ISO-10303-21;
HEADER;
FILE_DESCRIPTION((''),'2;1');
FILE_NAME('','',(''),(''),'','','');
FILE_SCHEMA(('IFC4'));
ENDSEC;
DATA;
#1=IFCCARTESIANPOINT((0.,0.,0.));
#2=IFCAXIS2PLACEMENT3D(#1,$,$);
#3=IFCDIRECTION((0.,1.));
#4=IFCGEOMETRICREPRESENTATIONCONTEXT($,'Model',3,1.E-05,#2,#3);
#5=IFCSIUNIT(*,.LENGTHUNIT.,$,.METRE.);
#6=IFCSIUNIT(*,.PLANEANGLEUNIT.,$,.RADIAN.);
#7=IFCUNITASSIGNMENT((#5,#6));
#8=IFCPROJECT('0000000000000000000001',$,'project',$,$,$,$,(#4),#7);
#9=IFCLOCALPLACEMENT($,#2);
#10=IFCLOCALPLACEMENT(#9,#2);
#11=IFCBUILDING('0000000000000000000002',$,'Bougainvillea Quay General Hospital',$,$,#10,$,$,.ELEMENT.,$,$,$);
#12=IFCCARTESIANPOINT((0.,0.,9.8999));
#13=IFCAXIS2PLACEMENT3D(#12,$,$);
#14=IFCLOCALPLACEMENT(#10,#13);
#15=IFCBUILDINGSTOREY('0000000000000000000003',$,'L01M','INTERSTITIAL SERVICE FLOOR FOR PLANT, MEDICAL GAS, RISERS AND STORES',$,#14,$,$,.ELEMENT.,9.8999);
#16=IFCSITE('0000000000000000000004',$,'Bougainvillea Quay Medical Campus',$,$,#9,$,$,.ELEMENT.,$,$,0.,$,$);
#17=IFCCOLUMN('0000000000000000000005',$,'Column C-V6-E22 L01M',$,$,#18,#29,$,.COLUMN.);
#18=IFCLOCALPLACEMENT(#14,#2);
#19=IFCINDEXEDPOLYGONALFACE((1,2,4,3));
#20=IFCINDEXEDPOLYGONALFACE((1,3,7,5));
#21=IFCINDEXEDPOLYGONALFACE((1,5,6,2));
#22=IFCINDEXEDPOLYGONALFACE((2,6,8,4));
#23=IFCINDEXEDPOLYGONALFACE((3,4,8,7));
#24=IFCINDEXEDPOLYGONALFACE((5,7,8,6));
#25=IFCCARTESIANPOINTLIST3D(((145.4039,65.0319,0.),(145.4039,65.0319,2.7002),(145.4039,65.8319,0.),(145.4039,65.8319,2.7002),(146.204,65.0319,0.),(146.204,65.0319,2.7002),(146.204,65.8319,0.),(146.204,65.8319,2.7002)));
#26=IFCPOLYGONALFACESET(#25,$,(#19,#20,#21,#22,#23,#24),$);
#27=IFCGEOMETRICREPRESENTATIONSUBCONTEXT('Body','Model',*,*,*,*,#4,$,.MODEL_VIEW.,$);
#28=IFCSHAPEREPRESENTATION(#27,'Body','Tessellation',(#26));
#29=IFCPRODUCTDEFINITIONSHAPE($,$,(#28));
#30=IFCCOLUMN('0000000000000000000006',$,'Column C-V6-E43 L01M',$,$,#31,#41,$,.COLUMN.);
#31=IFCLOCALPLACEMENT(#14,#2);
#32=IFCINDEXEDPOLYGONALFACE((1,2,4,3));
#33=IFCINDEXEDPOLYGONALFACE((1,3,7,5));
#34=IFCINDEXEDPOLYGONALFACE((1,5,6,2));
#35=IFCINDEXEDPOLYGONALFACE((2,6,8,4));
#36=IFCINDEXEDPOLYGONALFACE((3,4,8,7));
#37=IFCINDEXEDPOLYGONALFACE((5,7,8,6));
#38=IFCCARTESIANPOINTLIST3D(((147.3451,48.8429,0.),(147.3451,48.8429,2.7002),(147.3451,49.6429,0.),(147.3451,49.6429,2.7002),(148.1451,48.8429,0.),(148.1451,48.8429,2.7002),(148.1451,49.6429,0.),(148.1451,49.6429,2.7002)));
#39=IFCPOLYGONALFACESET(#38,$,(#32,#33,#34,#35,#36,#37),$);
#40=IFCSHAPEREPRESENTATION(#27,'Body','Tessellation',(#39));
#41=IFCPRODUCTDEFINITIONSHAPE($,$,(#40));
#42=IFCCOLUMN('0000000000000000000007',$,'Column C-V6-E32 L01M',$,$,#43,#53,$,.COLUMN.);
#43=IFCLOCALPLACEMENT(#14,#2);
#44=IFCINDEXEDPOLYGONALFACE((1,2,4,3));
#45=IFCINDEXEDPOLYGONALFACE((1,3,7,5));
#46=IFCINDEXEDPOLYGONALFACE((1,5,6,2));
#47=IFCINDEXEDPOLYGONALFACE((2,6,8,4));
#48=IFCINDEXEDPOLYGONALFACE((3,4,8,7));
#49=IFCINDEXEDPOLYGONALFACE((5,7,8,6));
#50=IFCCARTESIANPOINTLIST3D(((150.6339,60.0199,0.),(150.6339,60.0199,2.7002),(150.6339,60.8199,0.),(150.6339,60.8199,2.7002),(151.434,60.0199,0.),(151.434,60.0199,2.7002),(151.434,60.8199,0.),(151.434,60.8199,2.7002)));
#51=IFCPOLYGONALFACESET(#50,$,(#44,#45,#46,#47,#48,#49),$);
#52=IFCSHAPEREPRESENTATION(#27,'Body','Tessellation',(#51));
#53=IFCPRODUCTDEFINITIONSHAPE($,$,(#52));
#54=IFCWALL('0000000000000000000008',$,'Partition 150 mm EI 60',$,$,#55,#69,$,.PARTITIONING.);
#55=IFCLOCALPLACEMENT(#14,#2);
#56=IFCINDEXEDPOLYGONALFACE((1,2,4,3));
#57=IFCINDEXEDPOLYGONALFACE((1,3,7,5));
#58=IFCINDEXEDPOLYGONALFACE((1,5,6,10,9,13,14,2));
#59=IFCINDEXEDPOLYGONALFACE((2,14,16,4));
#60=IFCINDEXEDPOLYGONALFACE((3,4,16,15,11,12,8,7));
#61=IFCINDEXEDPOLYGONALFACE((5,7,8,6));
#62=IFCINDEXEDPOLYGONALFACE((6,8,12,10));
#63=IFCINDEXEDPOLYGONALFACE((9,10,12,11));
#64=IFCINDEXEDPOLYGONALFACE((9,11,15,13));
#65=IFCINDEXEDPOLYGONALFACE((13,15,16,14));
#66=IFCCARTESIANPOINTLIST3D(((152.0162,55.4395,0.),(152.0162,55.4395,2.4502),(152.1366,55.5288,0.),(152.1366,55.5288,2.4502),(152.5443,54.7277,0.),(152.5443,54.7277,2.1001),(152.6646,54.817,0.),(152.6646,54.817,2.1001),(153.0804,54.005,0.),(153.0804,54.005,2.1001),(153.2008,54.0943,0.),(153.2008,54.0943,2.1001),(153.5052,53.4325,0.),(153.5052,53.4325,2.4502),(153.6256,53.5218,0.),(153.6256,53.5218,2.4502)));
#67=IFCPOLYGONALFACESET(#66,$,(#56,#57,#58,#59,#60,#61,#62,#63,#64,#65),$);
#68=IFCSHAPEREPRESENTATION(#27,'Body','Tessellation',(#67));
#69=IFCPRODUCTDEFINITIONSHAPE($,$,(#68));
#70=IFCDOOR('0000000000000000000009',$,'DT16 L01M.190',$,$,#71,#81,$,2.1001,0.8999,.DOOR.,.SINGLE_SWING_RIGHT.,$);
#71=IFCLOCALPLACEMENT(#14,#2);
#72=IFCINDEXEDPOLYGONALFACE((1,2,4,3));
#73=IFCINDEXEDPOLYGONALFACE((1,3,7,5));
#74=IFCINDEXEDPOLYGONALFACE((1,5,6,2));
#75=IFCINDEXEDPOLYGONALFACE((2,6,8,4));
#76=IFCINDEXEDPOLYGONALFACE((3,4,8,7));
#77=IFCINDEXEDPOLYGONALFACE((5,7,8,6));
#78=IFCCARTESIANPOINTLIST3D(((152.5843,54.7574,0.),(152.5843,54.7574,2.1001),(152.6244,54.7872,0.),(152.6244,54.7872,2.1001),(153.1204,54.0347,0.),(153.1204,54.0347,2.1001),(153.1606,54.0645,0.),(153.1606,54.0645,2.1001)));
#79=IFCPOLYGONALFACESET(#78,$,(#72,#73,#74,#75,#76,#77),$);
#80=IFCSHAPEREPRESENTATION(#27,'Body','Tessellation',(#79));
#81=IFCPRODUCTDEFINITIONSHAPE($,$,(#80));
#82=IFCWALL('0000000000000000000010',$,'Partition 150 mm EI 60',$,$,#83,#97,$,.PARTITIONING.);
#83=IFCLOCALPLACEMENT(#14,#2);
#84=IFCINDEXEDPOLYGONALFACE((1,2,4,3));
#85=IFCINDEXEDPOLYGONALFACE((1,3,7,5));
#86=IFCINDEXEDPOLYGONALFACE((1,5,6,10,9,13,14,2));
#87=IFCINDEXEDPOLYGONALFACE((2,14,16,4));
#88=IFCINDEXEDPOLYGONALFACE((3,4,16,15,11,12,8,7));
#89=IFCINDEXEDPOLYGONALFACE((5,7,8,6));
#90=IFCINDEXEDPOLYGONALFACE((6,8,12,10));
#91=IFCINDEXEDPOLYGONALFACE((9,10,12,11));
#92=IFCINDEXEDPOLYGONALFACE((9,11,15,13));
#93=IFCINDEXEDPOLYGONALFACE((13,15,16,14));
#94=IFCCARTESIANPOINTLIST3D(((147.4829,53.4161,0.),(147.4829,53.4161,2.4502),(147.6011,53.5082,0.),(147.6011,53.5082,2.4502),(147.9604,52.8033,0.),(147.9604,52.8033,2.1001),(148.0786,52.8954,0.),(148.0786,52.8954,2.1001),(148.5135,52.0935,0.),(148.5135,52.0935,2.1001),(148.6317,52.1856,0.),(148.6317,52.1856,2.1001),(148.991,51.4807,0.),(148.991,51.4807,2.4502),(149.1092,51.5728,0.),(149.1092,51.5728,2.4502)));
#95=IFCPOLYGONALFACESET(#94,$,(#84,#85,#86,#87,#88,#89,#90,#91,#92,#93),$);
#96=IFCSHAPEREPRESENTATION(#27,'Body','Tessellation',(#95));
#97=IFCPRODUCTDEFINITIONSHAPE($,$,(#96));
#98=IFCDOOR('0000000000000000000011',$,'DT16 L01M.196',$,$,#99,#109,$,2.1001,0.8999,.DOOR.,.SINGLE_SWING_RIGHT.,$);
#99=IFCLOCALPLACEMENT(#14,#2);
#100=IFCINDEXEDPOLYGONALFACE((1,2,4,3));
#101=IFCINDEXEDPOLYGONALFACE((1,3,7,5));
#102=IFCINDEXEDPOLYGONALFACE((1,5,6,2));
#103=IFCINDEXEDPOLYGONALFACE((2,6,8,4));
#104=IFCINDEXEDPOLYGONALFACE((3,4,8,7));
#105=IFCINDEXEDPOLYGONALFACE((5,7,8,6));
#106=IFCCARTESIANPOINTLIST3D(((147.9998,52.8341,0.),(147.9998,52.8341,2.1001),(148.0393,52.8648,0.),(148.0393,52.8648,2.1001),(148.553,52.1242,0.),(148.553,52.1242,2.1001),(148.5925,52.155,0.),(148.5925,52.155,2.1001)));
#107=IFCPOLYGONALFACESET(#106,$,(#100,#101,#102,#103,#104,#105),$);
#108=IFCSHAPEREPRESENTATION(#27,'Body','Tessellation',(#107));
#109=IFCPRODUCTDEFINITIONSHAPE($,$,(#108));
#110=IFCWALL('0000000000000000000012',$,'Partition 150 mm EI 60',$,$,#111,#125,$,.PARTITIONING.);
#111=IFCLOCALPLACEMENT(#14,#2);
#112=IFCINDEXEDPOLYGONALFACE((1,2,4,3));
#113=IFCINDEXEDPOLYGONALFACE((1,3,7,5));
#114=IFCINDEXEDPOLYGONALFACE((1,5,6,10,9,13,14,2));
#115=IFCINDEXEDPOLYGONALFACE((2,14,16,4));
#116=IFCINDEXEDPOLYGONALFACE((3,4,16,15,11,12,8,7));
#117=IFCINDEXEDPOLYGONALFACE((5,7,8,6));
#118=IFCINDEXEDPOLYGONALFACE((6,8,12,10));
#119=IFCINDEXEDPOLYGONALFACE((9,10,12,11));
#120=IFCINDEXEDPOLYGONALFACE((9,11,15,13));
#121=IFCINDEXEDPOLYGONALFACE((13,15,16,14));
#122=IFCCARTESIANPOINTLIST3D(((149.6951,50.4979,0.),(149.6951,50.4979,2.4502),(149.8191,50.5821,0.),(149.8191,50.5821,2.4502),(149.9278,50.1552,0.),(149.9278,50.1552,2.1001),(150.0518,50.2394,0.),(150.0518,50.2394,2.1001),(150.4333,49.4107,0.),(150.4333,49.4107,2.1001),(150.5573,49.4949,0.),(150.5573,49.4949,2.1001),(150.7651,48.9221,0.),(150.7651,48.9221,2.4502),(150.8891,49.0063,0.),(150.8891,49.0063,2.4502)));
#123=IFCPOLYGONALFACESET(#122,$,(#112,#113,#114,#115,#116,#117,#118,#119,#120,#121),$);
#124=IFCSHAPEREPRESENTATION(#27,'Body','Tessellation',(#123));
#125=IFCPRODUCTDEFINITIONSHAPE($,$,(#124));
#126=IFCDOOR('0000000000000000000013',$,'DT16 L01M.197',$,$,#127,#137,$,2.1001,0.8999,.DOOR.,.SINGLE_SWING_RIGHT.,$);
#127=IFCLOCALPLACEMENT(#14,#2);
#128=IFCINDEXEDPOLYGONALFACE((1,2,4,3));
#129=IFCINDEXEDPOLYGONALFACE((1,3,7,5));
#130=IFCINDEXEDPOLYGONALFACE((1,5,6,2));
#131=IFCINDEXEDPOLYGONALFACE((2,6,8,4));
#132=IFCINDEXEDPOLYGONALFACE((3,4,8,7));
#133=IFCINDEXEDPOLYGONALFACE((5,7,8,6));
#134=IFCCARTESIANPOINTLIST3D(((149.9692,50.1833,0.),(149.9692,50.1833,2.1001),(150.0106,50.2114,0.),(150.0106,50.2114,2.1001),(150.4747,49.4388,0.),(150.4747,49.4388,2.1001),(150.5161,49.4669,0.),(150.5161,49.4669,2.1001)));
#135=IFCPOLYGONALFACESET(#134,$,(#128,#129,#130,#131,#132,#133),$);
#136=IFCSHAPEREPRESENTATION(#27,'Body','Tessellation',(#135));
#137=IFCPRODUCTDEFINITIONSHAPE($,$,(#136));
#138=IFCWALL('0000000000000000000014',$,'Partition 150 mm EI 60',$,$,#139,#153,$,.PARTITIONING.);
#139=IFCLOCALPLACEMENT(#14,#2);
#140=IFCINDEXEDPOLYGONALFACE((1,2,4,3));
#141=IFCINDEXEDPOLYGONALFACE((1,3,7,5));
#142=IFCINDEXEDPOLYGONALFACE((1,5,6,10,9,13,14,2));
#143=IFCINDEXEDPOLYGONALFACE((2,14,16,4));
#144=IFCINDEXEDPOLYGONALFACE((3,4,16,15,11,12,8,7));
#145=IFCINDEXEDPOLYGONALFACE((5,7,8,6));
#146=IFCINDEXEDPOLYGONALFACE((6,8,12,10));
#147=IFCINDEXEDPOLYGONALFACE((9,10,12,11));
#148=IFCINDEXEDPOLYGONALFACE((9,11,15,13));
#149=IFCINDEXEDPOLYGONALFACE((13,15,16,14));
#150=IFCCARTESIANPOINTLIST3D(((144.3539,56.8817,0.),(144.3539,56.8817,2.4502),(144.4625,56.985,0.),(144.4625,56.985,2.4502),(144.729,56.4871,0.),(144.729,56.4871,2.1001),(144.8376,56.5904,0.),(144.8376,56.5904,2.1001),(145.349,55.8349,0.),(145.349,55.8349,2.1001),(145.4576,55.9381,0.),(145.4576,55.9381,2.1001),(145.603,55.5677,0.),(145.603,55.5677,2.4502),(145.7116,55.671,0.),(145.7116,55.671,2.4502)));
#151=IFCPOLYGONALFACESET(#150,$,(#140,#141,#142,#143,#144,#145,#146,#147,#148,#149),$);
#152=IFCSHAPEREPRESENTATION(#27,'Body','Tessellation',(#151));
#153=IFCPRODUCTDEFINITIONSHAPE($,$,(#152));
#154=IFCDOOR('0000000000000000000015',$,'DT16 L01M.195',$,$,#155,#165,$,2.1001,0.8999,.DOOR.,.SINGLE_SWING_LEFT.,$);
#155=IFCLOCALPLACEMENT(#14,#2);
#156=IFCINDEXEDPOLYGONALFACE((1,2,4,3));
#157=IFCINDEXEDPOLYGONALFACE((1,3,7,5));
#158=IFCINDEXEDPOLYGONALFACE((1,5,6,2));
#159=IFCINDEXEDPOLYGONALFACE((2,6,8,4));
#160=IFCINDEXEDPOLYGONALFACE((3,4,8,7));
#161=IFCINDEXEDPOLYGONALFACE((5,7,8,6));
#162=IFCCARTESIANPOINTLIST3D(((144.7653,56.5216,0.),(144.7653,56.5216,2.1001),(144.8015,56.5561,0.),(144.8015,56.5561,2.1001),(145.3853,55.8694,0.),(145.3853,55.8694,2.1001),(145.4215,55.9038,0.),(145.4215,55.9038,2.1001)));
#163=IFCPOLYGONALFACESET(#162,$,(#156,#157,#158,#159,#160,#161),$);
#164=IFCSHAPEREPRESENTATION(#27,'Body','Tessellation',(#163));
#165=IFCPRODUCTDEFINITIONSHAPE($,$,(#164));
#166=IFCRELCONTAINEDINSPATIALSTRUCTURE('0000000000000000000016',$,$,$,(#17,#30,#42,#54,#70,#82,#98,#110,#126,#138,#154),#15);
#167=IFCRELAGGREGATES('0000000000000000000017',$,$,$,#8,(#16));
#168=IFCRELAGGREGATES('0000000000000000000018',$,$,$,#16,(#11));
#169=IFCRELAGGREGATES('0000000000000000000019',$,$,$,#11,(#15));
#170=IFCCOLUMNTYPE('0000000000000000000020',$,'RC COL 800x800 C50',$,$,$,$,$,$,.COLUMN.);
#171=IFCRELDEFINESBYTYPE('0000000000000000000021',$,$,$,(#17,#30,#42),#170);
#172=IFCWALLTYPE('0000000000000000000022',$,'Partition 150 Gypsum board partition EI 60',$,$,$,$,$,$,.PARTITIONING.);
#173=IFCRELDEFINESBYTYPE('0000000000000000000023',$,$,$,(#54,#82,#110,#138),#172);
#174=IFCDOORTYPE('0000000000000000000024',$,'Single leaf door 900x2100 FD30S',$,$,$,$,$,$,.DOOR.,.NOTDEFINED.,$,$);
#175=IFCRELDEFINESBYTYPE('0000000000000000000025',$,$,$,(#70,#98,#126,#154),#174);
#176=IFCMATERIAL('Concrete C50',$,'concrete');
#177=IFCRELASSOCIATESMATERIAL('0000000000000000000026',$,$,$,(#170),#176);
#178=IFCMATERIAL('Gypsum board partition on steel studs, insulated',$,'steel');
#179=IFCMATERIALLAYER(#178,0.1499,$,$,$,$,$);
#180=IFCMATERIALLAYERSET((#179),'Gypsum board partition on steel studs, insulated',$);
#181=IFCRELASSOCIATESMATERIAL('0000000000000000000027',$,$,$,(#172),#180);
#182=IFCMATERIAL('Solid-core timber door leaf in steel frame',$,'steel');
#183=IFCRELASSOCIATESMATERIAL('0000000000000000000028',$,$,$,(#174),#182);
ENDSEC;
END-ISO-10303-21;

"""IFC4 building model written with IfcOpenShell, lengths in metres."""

from ifc_helpers import new_model, si_unit, direction, frame, frame_2d, origin, origin_2d, place, context, subcontext, project, spatial, rectangle, extrude, material, layer, layer_set, material_profile, profile_set, type_object, element, fill, save


model = new_model("IFC4")

# Units and contexts
model_context = context("Model", 3, precision=1e-05, world=origin(), true_north=direction((0.0, 1.0)))
body_context = subcontext(model_context, "Body", "Model", "MODEL_VIEW")
ifc_project = project(units=[si_unit("LENGTHUNIT", "METRE"), si_unit("PLANEANGLEUNIT", "RADIAN")], contexts=[model_context])

# Site, building, storey
site_placement = place(None, origin())
site = spatial("IfcSite", under=ifc_project, at=site_placement, Name="Bougainvillea Quay Medical Campus", CompositionType="ELEMENT", RefElevation=0.0)
building_placement = place(site_placement, origin())
building = spatial("IfcBuilding", under=site, at=building_placement, Name="Bougainvillea Quay General Hospital", CompositionType="ELEMENT")
storey_placement = place(building_placement, frame((0.0, 0.0, 9.8999)))
storey = spatial("IfcBuildingStorey", under=building, at=storey_placement, Name="L01M", Description="INTERSTITIAL SERVICE FLOOR FOR PLANT, MEDICAL GAS, RISERS AND STORES", CompositionType="ELEMENT", Elevation=9.8999)

# Columns
ifc_material_1 = material(Name="Concrete C50", Category="concrete")
ifc_material_profile = material_profile(ifc_material_1, rectangle(XDim=0.8, YDim=0.8, at=origin_2d()))
ifc_profile_set = profile_set([ifc_material_profile], Name="Concrete C50")
column_type = type_object("IfcColumnType", Name="RC COL 800x800 C50", PredefinedType="COLUMN", material=ifc_profile_set)
for number, where, z_axis, x_axis, name in (
    (1, (145.804, 65.4319, 0.0), (0.0, 0.0, 1.0), (1.0, 0.0, 0.0), "Column C-V6-E22 L01M"),
    (2, (147.7451, 49.2429, 0.0), (0.0, 0.0, 1.0), (1.0, 0.0, 0.0), "Column C-V6-E43 L01M"),
    (3, (151.0339, 60.4199, 0.0), (0.0, 0.0, 1.0), (1.0, 0.0, 0.0), "Column C-V6-E32 L01M"),
):
    element("IfcColumn", number, at=place(storey_placement, frame(where, z_axis=z_axis, x_axis=x_axis)), inside=storey, type_object=column_type, Name=name, PredefinedType="COLUMN", context=body_context, shape_type="SweptSolid", body=[
        extrude(rectangle(XDim=0.8, YDim=0.8, at=origin_2d()), origin(), (0.0, 0.0, 1.0), 2.7002),
    ])

# Walls, openings, doors
ifc_material_2 = material(Name="Gypsum board partition on steel studs, insulated", Category="steel")
ifc_layer_1 = layer(ifc_material_2, 0.1499)
ifc_layer_set_1 = layer_set([ifc_layer_1], Name="Gypsum board partition on steel studs, insulated")
wall_type_1 = type_object("IfcWallType", Name="Partition 150 Gypsum board partition EI 60", PredefinedType="PARTITIONING", material=ifc_layer_set_1)
wall_1_placement = place(storey_placement, frame((152.0764, 55.4841, 0.0), z_axis=(0.0, 0.0, 1.0), x_axis=(0.595818, -0.803119, 0.0)))
wall_1 = element("IfcWall", 4, at=wall_1_placement, inside=storey, type_object=wall_type_1, Name="Partition 150 mm EI 60", PredefinedType="PARTITIONING", context=body_context, shape_type="SweptSolid", body=[
    extrude(rectangle(XDim=2.499, YDim=0.1499, at=frame_2d((1.2495, 0.0))), origin(), (0.0, 0.0, 1.0), 2.4502),
])
opening_1_placement = place(wall_1_placement, frame((0.8862, 0.0, 0.0)))
opening_1 = element("IfcOpeningElement", 5, at=opening_1_placement, cuts=wall_1, PredefinedType="OPENING", context=body_context, shape_type="SweptSolid", body=[
    extrude(rectangle(XDim=0.8999, YDim=2.1001, at=frame_2d((0.45, 1.05))), frame((0.0, 0.085, 0.0), z_axis=(0.0, -1.0, 0.0), x_axis=(1.0, 0.0, 0.0)), (0.0, 0.0, 1.0), 0.1699),
])
ifc_material_3 = material(Name="Solid-core timber door leaf in steel frame", Category="steel")
door_type = type_object("IfcDoorType", Name="Single leaf door 900x2100 FD30S", OperationType="NOTDEFINED", PredefinedType="DOOR", material=ifc_material_3)
door_1_placement = place(opening_1_placement, origin())
door_1 = element("IfcDoor", 6, at=door_1_placement, inside=storey, type_object=door_type, Name="DT16 L01M.190", OperationType="SINGLE_SWING_RIGHT", OverallHeight=2.1001, OverallWidth=0.8999, PredefinedType="DOOR", context=body_context, shape_type="SweptSolid", body=[
    extrude(rectangle(XDim=0.8999, YDim=2.1001, at=frame_2d((0.45, 1.05))), frame((0.0, 0.0249, 0.0), z_axis=(0.0, -1.0, 0.0), x_axis=(1.0, 0.0, 0.0)), (0.0, 0.0, 1.0), 0.05),
])
fill(opening_1, door_1)
wall_2_placement = place(storey_placement, frame((147.542, 53.4622, 0.0), z_axis=(0.0, 0.0, 1.0), x_axis=(0.614657, -0.788795, 0.0)))
wall_2 = element("IfcWall", 7, at=wall_2_placement, inside=storey, type_object=wall_type_1, Name="Partition 150 mm EI 60", PredefinedType="PARTITIONING", context=body_context, shape_type="SweptSolid", body=[
    extrude(rectangle(XDim=2.4536, YDim=0.1499, at=frame_2d((1.2268, 0.0))), origin(), (0.0, 0.0, 1.0), 2.4502),
])
opening_2_placement = place(wall_2_placement, frame((0.7769, 0.0, 0.0)))
opening_2 = element("IfcOpeningElement", 8, at=opening_2_placement, cuts=wall_2, PredefinedType="OPENING", context=body_context, shape_type="SweptSolid", body=[
    extrude(rectangle(XDim=0.8999, YDim=2.1001, at=frame_2d((0.45, 1.05))), frame((0.0, 0.085, 0.0), z_axis=(0.0, -1.0, 0.0), x_axis=(1.0, 0.0, 0.0)), (0.0, 0.0, 1.0), 0.1699),
])
door_2_placement = place(opening_2_placement, frame((0.8999, 0.0, 0.0), z_axis=(0.0, 0.0, 1.0), x_axis=(-1.0, 0.0, 0.0)))
door_2 = element("IfcDoor", 9, at=door_2_placement, inside=storey, type_object=door_type, Name="DT16 L01M.196", OperationType="SINGLE_SWING_RIGHT", OverallHeight=2.1001, OverallWidth=0.8999, PredefinedType="DOOR", context=body_context, shape_type="SweptSolid", body=[
    extrude(rectangle(XDim=0.8999, YDim=2.1001, at=frame_2d((0.45, 1.05))), frame((0.0, 0.0249, 0.0), z_axis=(0.0, -1.0, 0.0), x_axis=(1.0, 0.0, 0.0)), (0.0, 0.0, 1.0), 0.05),
])
fill(opening_2, door_2)
wall_3_placement = place(storey_placement, frame((149.7571, 50.54, 0.0), z_axis=(0.0, 0.0, 1.0), x_axis=(0.561749, -0.827308, 0.0)))
wall_3 = element("IfcWall", 10, at=wall_3_placement, inside=storey, type_object=wall_type_1, Name="Partition 150 mm EI 60", PredefinedType="PARTITIONING", context=body_context, shape_type="SweptSolid", body=[
    extrude(rectangle(XDim=1.9048, YDim=0.1499, at=frame_2d((0.9524, 0.0))), origin(), (0.0, 0.0, 1.0), 2.4502),
])
opening_3_placement = place(wall_3_placement, frame((0.4143, 0.0, 0.0)))
opening_3 = element("IfcOpeningElement", 11, at=opening_3_placement, cuts=wall_3, PredefinedType="OPENING", context=body_context, shape_type="SweptSolid", body=[
    extrude(rectangle(XDim=0.8999, YDim=2.1001, at=frame_2d((0.45, 1.05))), frame((0.0, 0.085, 0.0), z_axis=(0.0, -1.0, 0.0), x_axis=(1.0, 0.0, 0.0)), (0.0, 0.0, 1.0), 0.1699),
])
door_3_placement = place(opening_3_placement, frame((0.8999, 0.0, 0.0), z_axis=(0.0, 0.0, 1.0), x_axis=(-1.0, 0.0, 0.0)))
door_3 = element("IfcDoor", 12, at=door_3_placement, inside=storey, type_object=door_type, Name="DT16 L01M.197", OperationType="SINGLE_SWING_RIGHT", OverallHeight=2.1001, OverallWidth=0.8999, PredefinedType="DOOR", context=body_context, shape_type="SweptSolid", body=[
    extrude(rectangle(XDim=0.8999, YDim=2.1001, at=frame_2d((0.45, 1.05))), frame((0.0, 0.0249, 0.0), z_axis=(0.0, -1.0, 0.0), x_axis=(1.0, 0.0, 0.0)), (0.0, 0.0, 1.0), 0.05),
])
fill(opening_3, door_3)
wall_4_placement = place(storey_placement, frame((144.4082, 56.9333, 0.0), z_axis=(0.0, 0.0, 1.0), x_axis=(0.688969, -0.724791, 0.0)))
wall_4 = element("IfcWall", 13, at=wall_4_placement, inside=storey, type_object=wall_type_1, Name="Partition 150 mm EI 60", PredefinedType="PARTITIONING", context=body_context, shape_type="SweptSolid", body=[
    extrude(rectangle(XDim=1.813, YDim=0.1499, at=frame_2d((0.9065, 0.0))), origin(), (0.0, 0.0, 1.0), 2.4502),
])
opening_4_placement = place(wall_4_placement, frame((0.5444, 0.0, 0.0)))
opening_4 = element("IfcOpeningElement", 14, at=opening_4_placement, cuts=wall_4, PredefinedType="OPENING", context=body_context, shape_type="SweptSolid", body=[
    extrude(rectangle(XDim=0.8999, YDim=2.1001, at=frame_2d((0.45, 1.05))), frame((0.0, 0.085, 0.0), z_axis=(0.0, -1.0, 0.0), x_axis=(1.0, 0.0, 0.0)), (0.0, 0.0, 1.0), 0.1699),
])
door_4_placement = place(opening_4_placement, frame((0.8999, 0.0, 0.0), z_axis=(0.0, 0.0, 1.0), x_axis=(-1.0, 0.0, 0.0)))
door_4 = element("IfcDoor", 15, at=door_4_placement, inside=storey, type_object=door_type, Name="DT16 L01M.195", OperationType="SINGLE_SWING_LEFT", OverallHeight=2.1001, OverallWidth=0.8999, PredefinedType="DOOR", context=body_context, shape_type="SweptSolid", body=[
    extrude(rectangle(XDim=0.8999, YDim=2.1001, at=frame_2d((0.45, 1.05))), frame((0.0, 0.0249, 0.0), z_axis=(0.0, -1.0, 0.0), x_axis=(1.0, 0.0, 0.0)), (0.0, 0.0, 1.0), 0.05),
])
fill(opening_4, door_4)

save(model, "model.ifc")
